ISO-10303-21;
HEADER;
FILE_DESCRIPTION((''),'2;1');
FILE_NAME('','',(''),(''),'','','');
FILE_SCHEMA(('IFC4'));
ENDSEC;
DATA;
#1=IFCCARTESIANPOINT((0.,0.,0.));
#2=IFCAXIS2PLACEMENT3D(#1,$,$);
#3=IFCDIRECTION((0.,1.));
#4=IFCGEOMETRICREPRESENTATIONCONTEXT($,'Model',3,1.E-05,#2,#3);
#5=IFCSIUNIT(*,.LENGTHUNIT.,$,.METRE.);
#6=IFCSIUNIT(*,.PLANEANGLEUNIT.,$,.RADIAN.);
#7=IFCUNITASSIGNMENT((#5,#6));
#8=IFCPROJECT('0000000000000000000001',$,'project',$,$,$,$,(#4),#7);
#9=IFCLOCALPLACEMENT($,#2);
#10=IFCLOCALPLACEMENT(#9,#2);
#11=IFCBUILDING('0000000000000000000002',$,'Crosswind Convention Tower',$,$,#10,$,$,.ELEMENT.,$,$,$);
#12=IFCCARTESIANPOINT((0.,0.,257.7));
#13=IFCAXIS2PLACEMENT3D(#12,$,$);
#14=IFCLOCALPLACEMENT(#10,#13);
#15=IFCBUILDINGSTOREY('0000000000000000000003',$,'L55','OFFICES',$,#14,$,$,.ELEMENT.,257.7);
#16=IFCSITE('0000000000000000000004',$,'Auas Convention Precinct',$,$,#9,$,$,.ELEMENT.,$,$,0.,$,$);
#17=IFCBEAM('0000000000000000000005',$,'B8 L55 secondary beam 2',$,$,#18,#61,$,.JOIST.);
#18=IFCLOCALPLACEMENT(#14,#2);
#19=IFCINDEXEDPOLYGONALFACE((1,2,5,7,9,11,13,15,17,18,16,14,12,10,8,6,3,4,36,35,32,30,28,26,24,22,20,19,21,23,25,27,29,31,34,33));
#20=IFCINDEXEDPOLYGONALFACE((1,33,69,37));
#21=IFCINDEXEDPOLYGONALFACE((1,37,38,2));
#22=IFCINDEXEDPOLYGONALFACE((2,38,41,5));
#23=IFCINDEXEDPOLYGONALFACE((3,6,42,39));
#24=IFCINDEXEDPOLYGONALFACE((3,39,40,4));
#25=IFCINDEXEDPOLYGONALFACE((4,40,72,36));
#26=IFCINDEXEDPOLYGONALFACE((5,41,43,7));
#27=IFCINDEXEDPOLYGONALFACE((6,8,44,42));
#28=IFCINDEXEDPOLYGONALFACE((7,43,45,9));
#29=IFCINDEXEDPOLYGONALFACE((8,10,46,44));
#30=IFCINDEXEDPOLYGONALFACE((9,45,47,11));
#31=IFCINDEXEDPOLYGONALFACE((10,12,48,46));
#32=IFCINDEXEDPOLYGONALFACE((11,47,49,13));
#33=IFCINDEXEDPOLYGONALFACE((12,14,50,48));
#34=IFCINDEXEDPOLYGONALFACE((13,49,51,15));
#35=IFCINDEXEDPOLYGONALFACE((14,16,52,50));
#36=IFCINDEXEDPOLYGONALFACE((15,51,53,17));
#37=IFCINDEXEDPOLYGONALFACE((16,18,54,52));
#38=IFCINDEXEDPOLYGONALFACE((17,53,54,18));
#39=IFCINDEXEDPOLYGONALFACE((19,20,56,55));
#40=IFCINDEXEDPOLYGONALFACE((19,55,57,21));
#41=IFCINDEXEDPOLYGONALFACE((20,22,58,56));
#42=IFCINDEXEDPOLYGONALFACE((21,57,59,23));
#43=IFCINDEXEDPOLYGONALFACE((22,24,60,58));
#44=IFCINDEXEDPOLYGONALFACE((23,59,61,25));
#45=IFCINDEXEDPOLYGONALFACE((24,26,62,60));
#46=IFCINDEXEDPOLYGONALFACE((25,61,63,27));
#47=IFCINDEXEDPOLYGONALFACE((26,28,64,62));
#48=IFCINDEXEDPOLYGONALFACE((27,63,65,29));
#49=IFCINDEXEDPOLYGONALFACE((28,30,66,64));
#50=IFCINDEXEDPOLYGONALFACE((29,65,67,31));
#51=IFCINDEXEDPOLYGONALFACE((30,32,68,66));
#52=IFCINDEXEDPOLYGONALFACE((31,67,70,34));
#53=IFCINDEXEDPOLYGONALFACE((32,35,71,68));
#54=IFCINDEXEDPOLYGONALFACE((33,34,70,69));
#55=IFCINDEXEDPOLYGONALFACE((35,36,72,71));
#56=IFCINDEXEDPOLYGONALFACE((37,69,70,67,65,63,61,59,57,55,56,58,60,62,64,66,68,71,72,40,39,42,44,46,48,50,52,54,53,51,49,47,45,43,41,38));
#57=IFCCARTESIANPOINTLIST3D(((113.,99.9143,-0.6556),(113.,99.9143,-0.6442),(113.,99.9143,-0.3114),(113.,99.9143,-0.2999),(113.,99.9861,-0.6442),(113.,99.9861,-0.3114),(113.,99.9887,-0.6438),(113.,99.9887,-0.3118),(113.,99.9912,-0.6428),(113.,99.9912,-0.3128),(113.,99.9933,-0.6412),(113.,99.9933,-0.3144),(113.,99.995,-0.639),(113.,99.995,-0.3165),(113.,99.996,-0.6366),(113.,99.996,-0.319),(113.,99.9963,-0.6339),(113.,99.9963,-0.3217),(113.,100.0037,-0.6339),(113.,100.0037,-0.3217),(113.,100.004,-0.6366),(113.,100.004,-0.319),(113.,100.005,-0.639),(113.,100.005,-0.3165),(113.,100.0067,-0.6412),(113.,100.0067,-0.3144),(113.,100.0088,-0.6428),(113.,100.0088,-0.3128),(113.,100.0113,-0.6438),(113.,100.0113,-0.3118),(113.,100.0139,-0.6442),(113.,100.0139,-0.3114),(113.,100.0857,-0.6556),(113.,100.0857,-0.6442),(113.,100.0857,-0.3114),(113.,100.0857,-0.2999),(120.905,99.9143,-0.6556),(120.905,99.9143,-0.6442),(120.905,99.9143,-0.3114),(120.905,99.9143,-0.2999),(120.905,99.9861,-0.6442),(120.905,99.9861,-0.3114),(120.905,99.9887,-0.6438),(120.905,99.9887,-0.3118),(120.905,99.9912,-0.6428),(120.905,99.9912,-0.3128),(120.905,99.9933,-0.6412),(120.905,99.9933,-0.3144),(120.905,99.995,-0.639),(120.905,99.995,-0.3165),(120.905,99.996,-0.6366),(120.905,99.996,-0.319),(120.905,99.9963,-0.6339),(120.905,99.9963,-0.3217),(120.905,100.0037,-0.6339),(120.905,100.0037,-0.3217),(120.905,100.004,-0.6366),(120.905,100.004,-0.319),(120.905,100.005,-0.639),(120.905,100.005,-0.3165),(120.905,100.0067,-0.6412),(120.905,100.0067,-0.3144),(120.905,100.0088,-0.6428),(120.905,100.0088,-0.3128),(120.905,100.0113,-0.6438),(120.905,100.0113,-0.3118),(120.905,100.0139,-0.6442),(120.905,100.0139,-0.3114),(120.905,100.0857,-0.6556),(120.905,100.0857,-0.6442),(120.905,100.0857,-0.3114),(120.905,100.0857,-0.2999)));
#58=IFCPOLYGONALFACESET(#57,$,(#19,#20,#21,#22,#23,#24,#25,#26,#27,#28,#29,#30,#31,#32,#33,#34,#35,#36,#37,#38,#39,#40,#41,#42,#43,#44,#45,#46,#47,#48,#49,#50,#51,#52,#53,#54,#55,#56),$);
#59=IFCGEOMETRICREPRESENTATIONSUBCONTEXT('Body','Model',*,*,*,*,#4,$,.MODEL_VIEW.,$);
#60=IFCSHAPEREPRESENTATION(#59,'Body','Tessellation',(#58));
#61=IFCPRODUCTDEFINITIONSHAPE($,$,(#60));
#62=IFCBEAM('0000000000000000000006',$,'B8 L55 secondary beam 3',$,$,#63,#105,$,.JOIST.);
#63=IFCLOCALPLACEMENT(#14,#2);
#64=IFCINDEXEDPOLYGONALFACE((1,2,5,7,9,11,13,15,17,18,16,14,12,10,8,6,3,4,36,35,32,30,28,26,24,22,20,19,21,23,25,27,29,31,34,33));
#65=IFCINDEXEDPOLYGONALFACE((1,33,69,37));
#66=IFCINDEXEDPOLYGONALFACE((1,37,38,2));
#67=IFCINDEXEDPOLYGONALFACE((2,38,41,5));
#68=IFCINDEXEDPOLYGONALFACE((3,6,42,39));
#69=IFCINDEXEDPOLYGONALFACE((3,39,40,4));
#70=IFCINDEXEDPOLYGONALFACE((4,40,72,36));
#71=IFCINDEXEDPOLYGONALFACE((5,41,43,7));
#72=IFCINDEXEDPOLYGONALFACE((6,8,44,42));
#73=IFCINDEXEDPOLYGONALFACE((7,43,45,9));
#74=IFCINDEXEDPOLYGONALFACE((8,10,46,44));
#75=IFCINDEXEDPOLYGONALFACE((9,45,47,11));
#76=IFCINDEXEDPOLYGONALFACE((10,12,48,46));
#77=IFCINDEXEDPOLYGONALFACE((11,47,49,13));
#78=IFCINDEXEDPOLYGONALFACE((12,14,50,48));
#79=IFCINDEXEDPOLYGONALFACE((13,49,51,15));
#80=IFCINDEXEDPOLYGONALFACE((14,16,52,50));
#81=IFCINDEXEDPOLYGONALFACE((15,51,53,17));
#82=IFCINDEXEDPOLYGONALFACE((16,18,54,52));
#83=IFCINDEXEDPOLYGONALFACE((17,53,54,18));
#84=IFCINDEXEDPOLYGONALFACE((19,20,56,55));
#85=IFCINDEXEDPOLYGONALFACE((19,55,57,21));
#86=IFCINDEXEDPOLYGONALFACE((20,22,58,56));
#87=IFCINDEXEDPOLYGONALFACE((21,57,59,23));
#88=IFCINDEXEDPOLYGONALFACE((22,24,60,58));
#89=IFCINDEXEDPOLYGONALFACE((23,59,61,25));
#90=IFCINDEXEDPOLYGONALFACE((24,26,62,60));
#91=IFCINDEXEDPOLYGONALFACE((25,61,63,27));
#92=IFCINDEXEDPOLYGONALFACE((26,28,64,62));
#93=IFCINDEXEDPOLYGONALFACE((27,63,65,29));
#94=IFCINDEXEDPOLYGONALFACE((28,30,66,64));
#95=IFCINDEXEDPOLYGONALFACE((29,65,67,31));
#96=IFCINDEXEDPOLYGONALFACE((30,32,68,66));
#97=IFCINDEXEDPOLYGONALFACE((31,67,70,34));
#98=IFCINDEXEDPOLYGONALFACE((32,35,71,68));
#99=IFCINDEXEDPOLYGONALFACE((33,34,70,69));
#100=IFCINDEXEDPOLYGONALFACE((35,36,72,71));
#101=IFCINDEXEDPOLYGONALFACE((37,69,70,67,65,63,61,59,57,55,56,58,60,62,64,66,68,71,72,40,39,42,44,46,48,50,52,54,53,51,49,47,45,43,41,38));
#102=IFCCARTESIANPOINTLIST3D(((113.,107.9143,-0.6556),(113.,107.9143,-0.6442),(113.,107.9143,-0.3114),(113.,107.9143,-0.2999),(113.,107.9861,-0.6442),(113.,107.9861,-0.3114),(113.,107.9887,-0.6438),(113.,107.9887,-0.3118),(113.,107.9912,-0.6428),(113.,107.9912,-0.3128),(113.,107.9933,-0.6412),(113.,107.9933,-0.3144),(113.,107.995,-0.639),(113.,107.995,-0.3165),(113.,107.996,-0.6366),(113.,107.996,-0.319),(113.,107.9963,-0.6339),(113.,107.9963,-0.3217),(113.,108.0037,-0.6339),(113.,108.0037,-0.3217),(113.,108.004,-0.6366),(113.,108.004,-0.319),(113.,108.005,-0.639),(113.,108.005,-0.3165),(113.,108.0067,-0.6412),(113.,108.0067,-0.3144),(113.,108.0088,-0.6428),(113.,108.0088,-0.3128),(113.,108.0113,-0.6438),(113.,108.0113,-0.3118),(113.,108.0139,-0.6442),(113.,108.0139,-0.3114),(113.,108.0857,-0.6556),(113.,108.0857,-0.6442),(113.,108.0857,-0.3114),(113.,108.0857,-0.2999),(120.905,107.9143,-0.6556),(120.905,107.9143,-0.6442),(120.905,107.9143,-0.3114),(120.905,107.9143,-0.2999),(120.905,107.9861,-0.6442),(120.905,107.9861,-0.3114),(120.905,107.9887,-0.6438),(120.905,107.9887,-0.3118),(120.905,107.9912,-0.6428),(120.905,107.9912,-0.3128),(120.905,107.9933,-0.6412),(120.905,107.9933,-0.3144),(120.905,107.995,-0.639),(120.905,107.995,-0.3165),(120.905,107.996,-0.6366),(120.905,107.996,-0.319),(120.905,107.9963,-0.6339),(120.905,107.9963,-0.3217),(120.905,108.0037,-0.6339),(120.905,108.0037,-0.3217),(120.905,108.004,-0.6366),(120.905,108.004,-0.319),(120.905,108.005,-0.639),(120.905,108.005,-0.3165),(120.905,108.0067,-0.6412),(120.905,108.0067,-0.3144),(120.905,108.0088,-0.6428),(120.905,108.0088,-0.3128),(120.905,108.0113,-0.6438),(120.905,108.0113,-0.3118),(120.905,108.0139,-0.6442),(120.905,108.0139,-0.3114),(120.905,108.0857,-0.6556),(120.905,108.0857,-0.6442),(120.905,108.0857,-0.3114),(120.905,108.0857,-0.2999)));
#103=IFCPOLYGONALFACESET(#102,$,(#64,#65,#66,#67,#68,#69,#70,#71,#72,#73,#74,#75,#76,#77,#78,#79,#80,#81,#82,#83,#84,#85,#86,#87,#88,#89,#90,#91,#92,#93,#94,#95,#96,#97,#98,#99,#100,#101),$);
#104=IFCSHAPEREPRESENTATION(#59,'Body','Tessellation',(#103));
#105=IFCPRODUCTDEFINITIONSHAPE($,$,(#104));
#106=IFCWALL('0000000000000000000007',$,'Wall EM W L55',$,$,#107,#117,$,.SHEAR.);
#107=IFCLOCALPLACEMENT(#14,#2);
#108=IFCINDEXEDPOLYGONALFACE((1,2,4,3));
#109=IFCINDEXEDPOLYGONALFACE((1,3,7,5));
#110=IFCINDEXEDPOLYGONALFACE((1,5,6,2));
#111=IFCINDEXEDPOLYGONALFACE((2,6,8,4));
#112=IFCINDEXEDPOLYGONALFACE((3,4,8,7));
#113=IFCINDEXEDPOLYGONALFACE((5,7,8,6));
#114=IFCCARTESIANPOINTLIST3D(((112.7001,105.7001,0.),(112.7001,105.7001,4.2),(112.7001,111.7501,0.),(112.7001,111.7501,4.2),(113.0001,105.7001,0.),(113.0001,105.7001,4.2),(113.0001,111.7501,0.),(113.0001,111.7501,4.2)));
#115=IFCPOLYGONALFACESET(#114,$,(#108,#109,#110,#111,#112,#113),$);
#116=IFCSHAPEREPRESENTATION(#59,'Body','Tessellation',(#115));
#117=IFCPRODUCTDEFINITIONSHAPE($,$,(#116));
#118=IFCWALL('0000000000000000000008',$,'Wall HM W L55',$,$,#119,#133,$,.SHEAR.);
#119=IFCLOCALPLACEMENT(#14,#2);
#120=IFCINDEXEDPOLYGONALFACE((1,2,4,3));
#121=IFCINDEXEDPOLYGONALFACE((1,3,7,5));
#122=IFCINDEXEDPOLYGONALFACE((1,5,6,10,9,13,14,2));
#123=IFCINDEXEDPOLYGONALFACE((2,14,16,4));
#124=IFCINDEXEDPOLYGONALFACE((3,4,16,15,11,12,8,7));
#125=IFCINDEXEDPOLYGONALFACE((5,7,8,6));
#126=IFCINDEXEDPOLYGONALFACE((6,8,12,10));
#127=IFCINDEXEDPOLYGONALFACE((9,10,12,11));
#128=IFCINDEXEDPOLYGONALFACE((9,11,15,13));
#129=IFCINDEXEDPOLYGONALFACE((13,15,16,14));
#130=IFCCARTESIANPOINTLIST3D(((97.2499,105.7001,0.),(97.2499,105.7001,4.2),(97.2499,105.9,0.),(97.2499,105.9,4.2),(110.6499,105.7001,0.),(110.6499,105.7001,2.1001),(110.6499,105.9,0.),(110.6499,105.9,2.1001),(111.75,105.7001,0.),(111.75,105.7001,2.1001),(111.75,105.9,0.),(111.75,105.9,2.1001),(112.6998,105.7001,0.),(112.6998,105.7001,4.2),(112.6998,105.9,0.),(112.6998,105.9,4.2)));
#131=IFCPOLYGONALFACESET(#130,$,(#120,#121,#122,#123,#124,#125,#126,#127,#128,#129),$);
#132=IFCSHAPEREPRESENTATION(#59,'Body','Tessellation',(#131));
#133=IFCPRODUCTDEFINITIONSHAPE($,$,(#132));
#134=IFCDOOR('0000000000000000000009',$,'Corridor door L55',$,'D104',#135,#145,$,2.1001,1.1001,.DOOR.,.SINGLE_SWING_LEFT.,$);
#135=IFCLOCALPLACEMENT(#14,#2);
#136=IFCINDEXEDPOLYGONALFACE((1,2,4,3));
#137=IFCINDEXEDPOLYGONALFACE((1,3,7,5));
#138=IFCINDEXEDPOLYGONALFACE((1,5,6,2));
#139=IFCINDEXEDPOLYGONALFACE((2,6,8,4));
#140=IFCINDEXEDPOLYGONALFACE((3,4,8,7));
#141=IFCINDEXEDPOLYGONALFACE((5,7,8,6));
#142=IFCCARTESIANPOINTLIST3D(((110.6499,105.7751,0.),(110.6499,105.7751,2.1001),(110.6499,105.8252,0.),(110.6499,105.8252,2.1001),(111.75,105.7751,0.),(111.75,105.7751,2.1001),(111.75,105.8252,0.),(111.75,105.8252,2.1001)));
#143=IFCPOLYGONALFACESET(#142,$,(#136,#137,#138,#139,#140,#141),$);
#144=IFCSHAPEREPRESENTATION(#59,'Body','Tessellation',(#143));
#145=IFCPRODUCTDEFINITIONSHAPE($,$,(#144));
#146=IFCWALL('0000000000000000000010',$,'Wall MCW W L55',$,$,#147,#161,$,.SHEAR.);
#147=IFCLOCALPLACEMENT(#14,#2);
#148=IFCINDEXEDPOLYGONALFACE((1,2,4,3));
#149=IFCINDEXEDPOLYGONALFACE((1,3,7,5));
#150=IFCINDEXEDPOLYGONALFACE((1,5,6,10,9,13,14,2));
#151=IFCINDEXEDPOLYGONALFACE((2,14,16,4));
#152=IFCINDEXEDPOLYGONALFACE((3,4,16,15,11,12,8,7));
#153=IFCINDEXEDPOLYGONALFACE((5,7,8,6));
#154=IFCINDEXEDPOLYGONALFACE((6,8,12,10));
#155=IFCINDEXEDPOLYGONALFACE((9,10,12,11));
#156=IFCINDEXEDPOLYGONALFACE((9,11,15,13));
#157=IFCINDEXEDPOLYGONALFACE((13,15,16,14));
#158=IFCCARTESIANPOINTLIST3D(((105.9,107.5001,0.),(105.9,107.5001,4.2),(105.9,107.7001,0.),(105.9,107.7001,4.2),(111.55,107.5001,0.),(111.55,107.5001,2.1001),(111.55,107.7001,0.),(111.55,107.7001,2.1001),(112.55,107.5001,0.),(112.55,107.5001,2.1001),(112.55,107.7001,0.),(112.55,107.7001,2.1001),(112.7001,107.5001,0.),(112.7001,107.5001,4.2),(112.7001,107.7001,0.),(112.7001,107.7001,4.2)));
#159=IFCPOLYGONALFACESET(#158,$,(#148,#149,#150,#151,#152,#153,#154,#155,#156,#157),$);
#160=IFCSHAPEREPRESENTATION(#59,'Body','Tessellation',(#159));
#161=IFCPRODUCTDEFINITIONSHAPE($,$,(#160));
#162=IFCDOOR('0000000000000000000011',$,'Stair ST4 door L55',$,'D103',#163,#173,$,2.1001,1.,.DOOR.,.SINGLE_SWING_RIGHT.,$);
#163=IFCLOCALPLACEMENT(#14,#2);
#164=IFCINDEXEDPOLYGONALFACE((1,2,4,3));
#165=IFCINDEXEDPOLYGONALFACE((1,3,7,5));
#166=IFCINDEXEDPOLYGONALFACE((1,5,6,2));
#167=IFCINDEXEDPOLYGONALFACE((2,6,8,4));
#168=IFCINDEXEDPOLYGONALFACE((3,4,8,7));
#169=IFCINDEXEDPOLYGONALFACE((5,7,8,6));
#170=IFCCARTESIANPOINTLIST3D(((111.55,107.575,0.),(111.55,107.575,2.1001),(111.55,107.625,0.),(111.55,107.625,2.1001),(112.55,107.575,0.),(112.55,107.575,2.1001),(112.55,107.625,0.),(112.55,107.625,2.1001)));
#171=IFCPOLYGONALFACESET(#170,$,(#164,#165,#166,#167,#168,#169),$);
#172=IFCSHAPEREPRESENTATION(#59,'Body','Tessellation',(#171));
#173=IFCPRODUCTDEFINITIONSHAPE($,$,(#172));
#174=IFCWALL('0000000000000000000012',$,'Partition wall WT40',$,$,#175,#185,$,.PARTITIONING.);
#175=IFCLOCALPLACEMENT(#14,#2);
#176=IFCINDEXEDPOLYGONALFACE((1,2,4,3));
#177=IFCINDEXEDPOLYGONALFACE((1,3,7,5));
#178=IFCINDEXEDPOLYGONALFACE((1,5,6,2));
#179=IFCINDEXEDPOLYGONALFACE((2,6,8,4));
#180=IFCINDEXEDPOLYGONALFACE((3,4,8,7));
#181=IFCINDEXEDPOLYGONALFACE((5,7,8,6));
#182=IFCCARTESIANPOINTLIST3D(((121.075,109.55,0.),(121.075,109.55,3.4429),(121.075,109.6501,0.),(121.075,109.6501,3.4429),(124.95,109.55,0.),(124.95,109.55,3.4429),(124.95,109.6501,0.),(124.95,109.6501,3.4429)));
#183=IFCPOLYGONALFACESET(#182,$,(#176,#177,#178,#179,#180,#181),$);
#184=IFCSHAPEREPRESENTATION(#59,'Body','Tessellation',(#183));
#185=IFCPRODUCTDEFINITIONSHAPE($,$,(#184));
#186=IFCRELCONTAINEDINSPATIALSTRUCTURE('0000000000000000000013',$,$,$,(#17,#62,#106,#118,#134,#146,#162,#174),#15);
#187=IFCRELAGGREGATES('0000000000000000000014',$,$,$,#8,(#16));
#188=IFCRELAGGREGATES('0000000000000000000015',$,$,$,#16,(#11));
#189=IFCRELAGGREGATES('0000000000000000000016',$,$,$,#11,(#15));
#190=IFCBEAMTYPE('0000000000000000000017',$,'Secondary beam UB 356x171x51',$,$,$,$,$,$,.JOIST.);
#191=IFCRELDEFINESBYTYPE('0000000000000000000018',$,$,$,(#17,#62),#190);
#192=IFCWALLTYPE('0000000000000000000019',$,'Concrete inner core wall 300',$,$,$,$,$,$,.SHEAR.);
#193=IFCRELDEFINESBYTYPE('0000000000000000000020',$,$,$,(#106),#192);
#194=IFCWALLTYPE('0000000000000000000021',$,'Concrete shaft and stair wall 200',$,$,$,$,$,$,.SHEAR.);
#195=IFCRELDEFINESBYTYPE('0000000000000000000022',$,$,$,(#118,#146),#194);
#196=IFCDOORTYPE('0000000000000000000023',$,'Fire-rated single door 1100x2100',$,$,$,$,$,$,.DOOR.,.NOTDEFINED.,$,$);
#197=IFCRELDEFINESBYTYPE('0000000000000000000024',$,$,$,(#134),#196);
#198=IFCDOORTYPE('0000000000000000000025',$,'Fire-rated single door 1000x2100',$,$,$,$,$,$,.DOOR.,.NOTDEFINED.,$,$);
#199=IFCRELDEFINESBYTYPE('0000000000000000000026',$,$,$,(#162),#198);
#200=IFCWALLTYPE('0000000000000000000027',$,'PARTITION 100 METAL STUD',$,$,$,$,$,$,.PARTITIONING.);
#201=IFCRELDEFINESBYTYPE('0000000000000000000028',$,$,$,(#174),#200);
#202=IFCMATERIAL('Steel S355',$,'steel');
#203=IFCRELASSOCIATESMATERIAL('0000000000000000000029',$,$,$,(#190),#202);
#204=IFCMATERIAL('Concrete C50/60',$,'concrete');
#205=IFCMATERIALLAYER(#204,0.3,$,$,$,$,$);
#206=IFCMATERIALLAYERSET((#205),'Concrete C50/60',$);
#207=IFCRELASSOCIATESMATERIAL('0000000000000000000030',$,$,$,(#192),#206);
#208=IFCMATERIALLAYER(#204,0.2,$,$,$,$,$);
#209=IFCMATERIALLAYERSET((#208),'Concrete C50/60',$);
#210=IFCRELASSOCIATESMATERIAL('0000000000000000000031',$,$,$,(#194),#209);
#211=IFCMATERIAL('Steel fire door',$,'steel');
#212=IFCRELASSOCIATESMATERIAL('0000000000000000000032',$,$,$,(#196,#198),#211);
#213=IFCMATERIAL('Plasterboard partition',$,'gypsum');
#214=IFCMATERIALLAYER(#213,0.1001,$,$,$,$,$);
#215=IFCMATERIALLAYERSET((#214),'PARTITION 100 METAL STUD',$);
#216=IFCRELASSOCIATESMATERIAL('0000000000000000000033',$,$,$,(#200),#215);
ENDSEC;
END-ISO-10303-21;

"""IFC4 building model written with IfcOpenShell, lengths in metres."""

from ifc_helpers import new_model, si_unit, direction, frame, frame_2d, origin, origin_2d, place, context, subcontext, project, spatial, rectangle, i_section, extrude, material, layer, layer_set, material_profile, profile_set, type_object, element, fill, save


model = new_model("IFC4")

# Units and contexts
model_context = context("Model", 3, precision=1e-05, world=origin(), true_north=direction((0.0, 1.0)))
body_context = subcontext(model_context, "Body", "Model", "MODEL_VIEW")
ifc_project = project(units=[si_unit("LENGTHUNIT", "METRE"), si_unit("PLANEANGLEUNIT", "RADIAN")], contexts=[model_context])

# Site, building, storey
site_placement = place(None, origin())
site = spatial("IfcSite", under=ifc_project, at=site_placement, Name="Auas Convention Precinct", CompositionType="ELEMENT", RefElevation=0.0)
building_placement = place(site_placement, origin())
building = spatial("IfcBuilding", under=site, at=building_placement, Name="Crosswind Convention Tower", CompositionType="ELEMENT")
storey_placement = place(building_placement, frame((0.0, 0.0, 257.7)))
storey = spatial("IfcBuildingStorey", under=building, at=storey_placement, Name="L55", Description="OFFICES", CompositionType="ELEMENT", Elevation=257.7)

# Beams
ifc_material_1 = material(Name="Steel S355", Category="steel")
ifc_material_profile_1 = material_profile(ifc_material_1, i_section(OverallWidth=0.1714, OverallDepth=0.3557, WebThickness=0.0073, FlangeThickness=0.0115, FilletRadius=0.0103, at=origin_2d()), Name="UB 356x171x51")
ifc_profile_set_1 = profile_set([ifc_material_profile_1], Name="Steel S355")
beam_type_1 = type_object("IfcBeamType", Name="Secondary beam UB 356x171x51", PredefinedType="JOIST", material=ifc_profile_set_1)
for number, where, z_axis, x_axis, name in (
    (1, (113.0, 100.0, -0.4778), (1.0, 0.0, 0.0), (0.0, 1.0, 0.0), "B8 L55 secondary beam 2"),
    (2, (113.0, 108.0, -0.4778), (1.0, 0.0, 0.0), (0.0, 1.0, 0.0), "B8 L55 secondary beam 3"),
):
    element("IfcBeam", number, at=place(storey_placement, frame(where, z_axis=z_axis, x_axis=x_axis)), inside=storey, type_object=beam_type_1, Name=name, PredefinedType="JOIST", context=body_context, shape_type="SweptSolid", body=[
        extrude(i_section(OverallWidth=0.1714, OverallDepth=0.3557, WebThickness=0.0073, FlangeThickness=0.0115, FilletRadius=0.0103, at=origin_2d()), origin(), (0.0, 0.0, 1.0), 7.905),
    ])

# Shared definitions
ifc_material_2 = material(Name="Concrete C50/60", Category="concrete")
ifc_layer_1 = layer(ifc_material_2, 0.3)
ifc_layer_set_1 = layer_set([ifc_layer_1], Name="Concrete C50/60")
wall_type_1 = type_object("IfcWallType", Name="Concrete inner core wall 300", PredefinedType="SHEAR", material=ifc_layer_set_1)

# Wall
wall_1_placement = place(storey_placement, frame((112.8501, 111.75, 0.0), z_axis=(0.0, 0.0, 1.0), x_axis=(0.0, -1.0, 0.0)))
element("IfcWall", 3, at=wall_1_placement, inside=storey, type_object=wall_type_1, Name="Wall EM W L55", PredefinedType="SHEAR", context=body_context, shape_type="SweptSolid", body=[
    extrude(rectangle(XDim=6.05, YDim=0.3, at=frame_2d((3.0249, 0.0))), origin(), (0.0, 0.0, 1.0), 4.2),
])

# Walls, openings, doors
ifc_layer_2 = layer(ifc_material_2, 0.2)
ifc_layer_set_2 = layer_set([ifc_layer_2], Name="Concrete C50/60")
wall_type_2 = type_object("IfcWallType", Name="Concrete shaft and stair wall 200", PredefinedType="SHEAR", material=ifc_layer_set_2)
wall_2_placement = place(storey_placement, frame((112.7, 105.8, 0.0), z_axis=(0.0, 0.0, 1.0), x_axis=(-1.0, 0.0, 0.0)))
wall_2 = element("IfcWall", 4, at=wall_2_placement, inside=storey, type_object=wall_type_2, Name="Wall HM W L55", PredefinedType="SHEAR", context=body_context, shape_type="SweptSolid", body=[
    extrude(rectangle(XDim=15.45, YDim=0.2, at=frame_2d((7.7251, 0.0))), origin(), (0.0, 0.0, 1.0), 4.2),
])
opening_1_placement = place(wall_2_placement, frame((0.95, 0.0, 0.0)))
opening_1 = element("IfcOpeningElement", 5, at=opening_1_placement, cuts=wall_2, PredefinedType="OPENING", context=body_context, shape_type="SweptSolid", body=[
    extrude(rectangle(XDim=1.1001, YDim=2.1001, at=frame_2d((0.55, 1.05))), frame((0.0, 0.1099, 0.0), z_axis=(0.0, -1.0, 0.0), x_axis=(1.0, 0.0, 0.0)), (0.0, 0.0, 1.0), 0.22),
])
ifc_material_3 = material(Name="Steel fire door", Category="steel")
door_type_1 = type_object("IfcDoorType", Name="Fire-rated single door 1100x2100", OperationType="NOTDEFINED", PredefinedType="DOOR", material=ifc_material_3)
door_1_placement = place(opening_1_placement, origin())
door_1 = element("IfcDoor", 6, at=door_1_placement, inside=storey, type_object=door_type_1, Name="Corridor door L55", ObjectType="D104", OperationType="SINGLE_SWING_LEFT", OverallHeight=2.1001, OverallWidth=1.1001, PredefinedType="DOOR", context=body_context, shape_type="SweptSolid", body=[
    extrude(rectangle(XDim=1.1001, YDim=2.1001, at=frame_2d((0.55, 1.05))), frame((0.0, 0.0249, 0.0), z_axis=(0.0, -1.0, 0.0), x_axis=(1.0, 0.0, 0.0)), (0.0, 0.0, 1.0), 0.05),
])
fill(opening_1, door_1)
wall_3_placement = place(storey_placement, frame((112.7, 107.6001, 0.0), z_axis=(0.0, 0.0, 1.0), x_axis=(-1.0, 0.0, 0.0)))
wall_3 = element("IfcWall", 7, at=wall_3_placement, inside=storey, type_object=wall_type_2, Name="Wall MCW W L55", PredefinedType="SHEAR", context=body_context, shape_type="SweptSolid", body=[
    extrude(rectangle(XDim=6.8, YDim=0.2, at=frame_2d((3.3999, 0.0))), origin(), (0.0, 0.0, 1.0), 4.2),
])
opening_2_placement = place(wall_3_placement, frame((0.1499, 0.0, 0.0)))
opening_2 = element("IfcOpeningElement", 8, at=opening_2_placement, cuts=wall_3, PredefinedType="OPENING", context=body_context, shape_type="SweptSolid", body=[
    extrude(rectangle(XDim=1.0, YDim=2.1001, at=frame_2d((0.5, 1.05))), frame((0.0, 0.1099, 0.0), z_axis=(0.0, -1.0, 0.0), x_axis=(1.0, 0.0, 0.0)), (0.0, 0.0, 1.0), 0.22),
])
door_type_2 = type_object("IfcDoorType", Name="Fire-rated single door 1000x2100", OperationType="NOTDEFINED", PredefinedType="DOOR", material=ifc_material_3)
door_2_placement = place(opening_2_placement, frame((1.0, 0.0, 0.0), z_axis=(0.0, 0.0, 1.0), x_axis=(-1.0, 0.0, 0.0)))
door_2 = element("IfcDoor", 9, at=door_2_placement, inside=storey, type_object=door_type_2, Name="Stair ST4 door L55", ObjectType="D103", OperationType="SINGLE_SWING_RIGHT", OverallHeight=2.1001, OverallWidth=1.0, PredefinedType="DOOR", context=body_context, shape_type="SweptSolid", body=[
    extrude(rectangle(XDim=1.0, YDim=2.1001, at=frame_2d((0.5, 1.05))), frame((0.0, 0.0249, 0.0), z_axis=(0.0, -1.0, 0.0), x_axis=(1.0, 0.0, 0.0)), (0.0, 0.0, 1.0), 0.05),
])
fill(opening_2, door_2)

# Wall
ifc_material_4 = material(Name="Plasterboard partition", Category="gypsum")
ifc_layer_3 = layer(ifc_material_4, 0.1001)
ifc_layer_set_3 = layer_set([ifc_layer_3], Name="PARTITION 100 METAL STUD")
wall_type_3 = type_object("IfcWallType", Name="PARTITION 100 METAL STUD", PredefinedType="PARTITIONING", material=ifc_layer_set_3)
wall_4_placement = place(storey_placement, frame((121.075, 109.6001, 0.0), z_axis=(0.0, 0.0, 1.0), x_axis=(1.0, 0.0, 0.0)))
element("IfcWall", 10, at=wall_4_placement, inside=storey, type_object=wall_type_3, Name="Partition wall WT40", PredefinedType="PARTITIONING", context=body_context, shape_type="SweptSolid", body=[
    extrude(rectangle(XDim=3.875, YDim=0.1001, at=frame_2d((1.9375, 0.0))), origin(), (0.0, 0.0, 1.0), 3.4429),
])

save(model, "model.ifc")
